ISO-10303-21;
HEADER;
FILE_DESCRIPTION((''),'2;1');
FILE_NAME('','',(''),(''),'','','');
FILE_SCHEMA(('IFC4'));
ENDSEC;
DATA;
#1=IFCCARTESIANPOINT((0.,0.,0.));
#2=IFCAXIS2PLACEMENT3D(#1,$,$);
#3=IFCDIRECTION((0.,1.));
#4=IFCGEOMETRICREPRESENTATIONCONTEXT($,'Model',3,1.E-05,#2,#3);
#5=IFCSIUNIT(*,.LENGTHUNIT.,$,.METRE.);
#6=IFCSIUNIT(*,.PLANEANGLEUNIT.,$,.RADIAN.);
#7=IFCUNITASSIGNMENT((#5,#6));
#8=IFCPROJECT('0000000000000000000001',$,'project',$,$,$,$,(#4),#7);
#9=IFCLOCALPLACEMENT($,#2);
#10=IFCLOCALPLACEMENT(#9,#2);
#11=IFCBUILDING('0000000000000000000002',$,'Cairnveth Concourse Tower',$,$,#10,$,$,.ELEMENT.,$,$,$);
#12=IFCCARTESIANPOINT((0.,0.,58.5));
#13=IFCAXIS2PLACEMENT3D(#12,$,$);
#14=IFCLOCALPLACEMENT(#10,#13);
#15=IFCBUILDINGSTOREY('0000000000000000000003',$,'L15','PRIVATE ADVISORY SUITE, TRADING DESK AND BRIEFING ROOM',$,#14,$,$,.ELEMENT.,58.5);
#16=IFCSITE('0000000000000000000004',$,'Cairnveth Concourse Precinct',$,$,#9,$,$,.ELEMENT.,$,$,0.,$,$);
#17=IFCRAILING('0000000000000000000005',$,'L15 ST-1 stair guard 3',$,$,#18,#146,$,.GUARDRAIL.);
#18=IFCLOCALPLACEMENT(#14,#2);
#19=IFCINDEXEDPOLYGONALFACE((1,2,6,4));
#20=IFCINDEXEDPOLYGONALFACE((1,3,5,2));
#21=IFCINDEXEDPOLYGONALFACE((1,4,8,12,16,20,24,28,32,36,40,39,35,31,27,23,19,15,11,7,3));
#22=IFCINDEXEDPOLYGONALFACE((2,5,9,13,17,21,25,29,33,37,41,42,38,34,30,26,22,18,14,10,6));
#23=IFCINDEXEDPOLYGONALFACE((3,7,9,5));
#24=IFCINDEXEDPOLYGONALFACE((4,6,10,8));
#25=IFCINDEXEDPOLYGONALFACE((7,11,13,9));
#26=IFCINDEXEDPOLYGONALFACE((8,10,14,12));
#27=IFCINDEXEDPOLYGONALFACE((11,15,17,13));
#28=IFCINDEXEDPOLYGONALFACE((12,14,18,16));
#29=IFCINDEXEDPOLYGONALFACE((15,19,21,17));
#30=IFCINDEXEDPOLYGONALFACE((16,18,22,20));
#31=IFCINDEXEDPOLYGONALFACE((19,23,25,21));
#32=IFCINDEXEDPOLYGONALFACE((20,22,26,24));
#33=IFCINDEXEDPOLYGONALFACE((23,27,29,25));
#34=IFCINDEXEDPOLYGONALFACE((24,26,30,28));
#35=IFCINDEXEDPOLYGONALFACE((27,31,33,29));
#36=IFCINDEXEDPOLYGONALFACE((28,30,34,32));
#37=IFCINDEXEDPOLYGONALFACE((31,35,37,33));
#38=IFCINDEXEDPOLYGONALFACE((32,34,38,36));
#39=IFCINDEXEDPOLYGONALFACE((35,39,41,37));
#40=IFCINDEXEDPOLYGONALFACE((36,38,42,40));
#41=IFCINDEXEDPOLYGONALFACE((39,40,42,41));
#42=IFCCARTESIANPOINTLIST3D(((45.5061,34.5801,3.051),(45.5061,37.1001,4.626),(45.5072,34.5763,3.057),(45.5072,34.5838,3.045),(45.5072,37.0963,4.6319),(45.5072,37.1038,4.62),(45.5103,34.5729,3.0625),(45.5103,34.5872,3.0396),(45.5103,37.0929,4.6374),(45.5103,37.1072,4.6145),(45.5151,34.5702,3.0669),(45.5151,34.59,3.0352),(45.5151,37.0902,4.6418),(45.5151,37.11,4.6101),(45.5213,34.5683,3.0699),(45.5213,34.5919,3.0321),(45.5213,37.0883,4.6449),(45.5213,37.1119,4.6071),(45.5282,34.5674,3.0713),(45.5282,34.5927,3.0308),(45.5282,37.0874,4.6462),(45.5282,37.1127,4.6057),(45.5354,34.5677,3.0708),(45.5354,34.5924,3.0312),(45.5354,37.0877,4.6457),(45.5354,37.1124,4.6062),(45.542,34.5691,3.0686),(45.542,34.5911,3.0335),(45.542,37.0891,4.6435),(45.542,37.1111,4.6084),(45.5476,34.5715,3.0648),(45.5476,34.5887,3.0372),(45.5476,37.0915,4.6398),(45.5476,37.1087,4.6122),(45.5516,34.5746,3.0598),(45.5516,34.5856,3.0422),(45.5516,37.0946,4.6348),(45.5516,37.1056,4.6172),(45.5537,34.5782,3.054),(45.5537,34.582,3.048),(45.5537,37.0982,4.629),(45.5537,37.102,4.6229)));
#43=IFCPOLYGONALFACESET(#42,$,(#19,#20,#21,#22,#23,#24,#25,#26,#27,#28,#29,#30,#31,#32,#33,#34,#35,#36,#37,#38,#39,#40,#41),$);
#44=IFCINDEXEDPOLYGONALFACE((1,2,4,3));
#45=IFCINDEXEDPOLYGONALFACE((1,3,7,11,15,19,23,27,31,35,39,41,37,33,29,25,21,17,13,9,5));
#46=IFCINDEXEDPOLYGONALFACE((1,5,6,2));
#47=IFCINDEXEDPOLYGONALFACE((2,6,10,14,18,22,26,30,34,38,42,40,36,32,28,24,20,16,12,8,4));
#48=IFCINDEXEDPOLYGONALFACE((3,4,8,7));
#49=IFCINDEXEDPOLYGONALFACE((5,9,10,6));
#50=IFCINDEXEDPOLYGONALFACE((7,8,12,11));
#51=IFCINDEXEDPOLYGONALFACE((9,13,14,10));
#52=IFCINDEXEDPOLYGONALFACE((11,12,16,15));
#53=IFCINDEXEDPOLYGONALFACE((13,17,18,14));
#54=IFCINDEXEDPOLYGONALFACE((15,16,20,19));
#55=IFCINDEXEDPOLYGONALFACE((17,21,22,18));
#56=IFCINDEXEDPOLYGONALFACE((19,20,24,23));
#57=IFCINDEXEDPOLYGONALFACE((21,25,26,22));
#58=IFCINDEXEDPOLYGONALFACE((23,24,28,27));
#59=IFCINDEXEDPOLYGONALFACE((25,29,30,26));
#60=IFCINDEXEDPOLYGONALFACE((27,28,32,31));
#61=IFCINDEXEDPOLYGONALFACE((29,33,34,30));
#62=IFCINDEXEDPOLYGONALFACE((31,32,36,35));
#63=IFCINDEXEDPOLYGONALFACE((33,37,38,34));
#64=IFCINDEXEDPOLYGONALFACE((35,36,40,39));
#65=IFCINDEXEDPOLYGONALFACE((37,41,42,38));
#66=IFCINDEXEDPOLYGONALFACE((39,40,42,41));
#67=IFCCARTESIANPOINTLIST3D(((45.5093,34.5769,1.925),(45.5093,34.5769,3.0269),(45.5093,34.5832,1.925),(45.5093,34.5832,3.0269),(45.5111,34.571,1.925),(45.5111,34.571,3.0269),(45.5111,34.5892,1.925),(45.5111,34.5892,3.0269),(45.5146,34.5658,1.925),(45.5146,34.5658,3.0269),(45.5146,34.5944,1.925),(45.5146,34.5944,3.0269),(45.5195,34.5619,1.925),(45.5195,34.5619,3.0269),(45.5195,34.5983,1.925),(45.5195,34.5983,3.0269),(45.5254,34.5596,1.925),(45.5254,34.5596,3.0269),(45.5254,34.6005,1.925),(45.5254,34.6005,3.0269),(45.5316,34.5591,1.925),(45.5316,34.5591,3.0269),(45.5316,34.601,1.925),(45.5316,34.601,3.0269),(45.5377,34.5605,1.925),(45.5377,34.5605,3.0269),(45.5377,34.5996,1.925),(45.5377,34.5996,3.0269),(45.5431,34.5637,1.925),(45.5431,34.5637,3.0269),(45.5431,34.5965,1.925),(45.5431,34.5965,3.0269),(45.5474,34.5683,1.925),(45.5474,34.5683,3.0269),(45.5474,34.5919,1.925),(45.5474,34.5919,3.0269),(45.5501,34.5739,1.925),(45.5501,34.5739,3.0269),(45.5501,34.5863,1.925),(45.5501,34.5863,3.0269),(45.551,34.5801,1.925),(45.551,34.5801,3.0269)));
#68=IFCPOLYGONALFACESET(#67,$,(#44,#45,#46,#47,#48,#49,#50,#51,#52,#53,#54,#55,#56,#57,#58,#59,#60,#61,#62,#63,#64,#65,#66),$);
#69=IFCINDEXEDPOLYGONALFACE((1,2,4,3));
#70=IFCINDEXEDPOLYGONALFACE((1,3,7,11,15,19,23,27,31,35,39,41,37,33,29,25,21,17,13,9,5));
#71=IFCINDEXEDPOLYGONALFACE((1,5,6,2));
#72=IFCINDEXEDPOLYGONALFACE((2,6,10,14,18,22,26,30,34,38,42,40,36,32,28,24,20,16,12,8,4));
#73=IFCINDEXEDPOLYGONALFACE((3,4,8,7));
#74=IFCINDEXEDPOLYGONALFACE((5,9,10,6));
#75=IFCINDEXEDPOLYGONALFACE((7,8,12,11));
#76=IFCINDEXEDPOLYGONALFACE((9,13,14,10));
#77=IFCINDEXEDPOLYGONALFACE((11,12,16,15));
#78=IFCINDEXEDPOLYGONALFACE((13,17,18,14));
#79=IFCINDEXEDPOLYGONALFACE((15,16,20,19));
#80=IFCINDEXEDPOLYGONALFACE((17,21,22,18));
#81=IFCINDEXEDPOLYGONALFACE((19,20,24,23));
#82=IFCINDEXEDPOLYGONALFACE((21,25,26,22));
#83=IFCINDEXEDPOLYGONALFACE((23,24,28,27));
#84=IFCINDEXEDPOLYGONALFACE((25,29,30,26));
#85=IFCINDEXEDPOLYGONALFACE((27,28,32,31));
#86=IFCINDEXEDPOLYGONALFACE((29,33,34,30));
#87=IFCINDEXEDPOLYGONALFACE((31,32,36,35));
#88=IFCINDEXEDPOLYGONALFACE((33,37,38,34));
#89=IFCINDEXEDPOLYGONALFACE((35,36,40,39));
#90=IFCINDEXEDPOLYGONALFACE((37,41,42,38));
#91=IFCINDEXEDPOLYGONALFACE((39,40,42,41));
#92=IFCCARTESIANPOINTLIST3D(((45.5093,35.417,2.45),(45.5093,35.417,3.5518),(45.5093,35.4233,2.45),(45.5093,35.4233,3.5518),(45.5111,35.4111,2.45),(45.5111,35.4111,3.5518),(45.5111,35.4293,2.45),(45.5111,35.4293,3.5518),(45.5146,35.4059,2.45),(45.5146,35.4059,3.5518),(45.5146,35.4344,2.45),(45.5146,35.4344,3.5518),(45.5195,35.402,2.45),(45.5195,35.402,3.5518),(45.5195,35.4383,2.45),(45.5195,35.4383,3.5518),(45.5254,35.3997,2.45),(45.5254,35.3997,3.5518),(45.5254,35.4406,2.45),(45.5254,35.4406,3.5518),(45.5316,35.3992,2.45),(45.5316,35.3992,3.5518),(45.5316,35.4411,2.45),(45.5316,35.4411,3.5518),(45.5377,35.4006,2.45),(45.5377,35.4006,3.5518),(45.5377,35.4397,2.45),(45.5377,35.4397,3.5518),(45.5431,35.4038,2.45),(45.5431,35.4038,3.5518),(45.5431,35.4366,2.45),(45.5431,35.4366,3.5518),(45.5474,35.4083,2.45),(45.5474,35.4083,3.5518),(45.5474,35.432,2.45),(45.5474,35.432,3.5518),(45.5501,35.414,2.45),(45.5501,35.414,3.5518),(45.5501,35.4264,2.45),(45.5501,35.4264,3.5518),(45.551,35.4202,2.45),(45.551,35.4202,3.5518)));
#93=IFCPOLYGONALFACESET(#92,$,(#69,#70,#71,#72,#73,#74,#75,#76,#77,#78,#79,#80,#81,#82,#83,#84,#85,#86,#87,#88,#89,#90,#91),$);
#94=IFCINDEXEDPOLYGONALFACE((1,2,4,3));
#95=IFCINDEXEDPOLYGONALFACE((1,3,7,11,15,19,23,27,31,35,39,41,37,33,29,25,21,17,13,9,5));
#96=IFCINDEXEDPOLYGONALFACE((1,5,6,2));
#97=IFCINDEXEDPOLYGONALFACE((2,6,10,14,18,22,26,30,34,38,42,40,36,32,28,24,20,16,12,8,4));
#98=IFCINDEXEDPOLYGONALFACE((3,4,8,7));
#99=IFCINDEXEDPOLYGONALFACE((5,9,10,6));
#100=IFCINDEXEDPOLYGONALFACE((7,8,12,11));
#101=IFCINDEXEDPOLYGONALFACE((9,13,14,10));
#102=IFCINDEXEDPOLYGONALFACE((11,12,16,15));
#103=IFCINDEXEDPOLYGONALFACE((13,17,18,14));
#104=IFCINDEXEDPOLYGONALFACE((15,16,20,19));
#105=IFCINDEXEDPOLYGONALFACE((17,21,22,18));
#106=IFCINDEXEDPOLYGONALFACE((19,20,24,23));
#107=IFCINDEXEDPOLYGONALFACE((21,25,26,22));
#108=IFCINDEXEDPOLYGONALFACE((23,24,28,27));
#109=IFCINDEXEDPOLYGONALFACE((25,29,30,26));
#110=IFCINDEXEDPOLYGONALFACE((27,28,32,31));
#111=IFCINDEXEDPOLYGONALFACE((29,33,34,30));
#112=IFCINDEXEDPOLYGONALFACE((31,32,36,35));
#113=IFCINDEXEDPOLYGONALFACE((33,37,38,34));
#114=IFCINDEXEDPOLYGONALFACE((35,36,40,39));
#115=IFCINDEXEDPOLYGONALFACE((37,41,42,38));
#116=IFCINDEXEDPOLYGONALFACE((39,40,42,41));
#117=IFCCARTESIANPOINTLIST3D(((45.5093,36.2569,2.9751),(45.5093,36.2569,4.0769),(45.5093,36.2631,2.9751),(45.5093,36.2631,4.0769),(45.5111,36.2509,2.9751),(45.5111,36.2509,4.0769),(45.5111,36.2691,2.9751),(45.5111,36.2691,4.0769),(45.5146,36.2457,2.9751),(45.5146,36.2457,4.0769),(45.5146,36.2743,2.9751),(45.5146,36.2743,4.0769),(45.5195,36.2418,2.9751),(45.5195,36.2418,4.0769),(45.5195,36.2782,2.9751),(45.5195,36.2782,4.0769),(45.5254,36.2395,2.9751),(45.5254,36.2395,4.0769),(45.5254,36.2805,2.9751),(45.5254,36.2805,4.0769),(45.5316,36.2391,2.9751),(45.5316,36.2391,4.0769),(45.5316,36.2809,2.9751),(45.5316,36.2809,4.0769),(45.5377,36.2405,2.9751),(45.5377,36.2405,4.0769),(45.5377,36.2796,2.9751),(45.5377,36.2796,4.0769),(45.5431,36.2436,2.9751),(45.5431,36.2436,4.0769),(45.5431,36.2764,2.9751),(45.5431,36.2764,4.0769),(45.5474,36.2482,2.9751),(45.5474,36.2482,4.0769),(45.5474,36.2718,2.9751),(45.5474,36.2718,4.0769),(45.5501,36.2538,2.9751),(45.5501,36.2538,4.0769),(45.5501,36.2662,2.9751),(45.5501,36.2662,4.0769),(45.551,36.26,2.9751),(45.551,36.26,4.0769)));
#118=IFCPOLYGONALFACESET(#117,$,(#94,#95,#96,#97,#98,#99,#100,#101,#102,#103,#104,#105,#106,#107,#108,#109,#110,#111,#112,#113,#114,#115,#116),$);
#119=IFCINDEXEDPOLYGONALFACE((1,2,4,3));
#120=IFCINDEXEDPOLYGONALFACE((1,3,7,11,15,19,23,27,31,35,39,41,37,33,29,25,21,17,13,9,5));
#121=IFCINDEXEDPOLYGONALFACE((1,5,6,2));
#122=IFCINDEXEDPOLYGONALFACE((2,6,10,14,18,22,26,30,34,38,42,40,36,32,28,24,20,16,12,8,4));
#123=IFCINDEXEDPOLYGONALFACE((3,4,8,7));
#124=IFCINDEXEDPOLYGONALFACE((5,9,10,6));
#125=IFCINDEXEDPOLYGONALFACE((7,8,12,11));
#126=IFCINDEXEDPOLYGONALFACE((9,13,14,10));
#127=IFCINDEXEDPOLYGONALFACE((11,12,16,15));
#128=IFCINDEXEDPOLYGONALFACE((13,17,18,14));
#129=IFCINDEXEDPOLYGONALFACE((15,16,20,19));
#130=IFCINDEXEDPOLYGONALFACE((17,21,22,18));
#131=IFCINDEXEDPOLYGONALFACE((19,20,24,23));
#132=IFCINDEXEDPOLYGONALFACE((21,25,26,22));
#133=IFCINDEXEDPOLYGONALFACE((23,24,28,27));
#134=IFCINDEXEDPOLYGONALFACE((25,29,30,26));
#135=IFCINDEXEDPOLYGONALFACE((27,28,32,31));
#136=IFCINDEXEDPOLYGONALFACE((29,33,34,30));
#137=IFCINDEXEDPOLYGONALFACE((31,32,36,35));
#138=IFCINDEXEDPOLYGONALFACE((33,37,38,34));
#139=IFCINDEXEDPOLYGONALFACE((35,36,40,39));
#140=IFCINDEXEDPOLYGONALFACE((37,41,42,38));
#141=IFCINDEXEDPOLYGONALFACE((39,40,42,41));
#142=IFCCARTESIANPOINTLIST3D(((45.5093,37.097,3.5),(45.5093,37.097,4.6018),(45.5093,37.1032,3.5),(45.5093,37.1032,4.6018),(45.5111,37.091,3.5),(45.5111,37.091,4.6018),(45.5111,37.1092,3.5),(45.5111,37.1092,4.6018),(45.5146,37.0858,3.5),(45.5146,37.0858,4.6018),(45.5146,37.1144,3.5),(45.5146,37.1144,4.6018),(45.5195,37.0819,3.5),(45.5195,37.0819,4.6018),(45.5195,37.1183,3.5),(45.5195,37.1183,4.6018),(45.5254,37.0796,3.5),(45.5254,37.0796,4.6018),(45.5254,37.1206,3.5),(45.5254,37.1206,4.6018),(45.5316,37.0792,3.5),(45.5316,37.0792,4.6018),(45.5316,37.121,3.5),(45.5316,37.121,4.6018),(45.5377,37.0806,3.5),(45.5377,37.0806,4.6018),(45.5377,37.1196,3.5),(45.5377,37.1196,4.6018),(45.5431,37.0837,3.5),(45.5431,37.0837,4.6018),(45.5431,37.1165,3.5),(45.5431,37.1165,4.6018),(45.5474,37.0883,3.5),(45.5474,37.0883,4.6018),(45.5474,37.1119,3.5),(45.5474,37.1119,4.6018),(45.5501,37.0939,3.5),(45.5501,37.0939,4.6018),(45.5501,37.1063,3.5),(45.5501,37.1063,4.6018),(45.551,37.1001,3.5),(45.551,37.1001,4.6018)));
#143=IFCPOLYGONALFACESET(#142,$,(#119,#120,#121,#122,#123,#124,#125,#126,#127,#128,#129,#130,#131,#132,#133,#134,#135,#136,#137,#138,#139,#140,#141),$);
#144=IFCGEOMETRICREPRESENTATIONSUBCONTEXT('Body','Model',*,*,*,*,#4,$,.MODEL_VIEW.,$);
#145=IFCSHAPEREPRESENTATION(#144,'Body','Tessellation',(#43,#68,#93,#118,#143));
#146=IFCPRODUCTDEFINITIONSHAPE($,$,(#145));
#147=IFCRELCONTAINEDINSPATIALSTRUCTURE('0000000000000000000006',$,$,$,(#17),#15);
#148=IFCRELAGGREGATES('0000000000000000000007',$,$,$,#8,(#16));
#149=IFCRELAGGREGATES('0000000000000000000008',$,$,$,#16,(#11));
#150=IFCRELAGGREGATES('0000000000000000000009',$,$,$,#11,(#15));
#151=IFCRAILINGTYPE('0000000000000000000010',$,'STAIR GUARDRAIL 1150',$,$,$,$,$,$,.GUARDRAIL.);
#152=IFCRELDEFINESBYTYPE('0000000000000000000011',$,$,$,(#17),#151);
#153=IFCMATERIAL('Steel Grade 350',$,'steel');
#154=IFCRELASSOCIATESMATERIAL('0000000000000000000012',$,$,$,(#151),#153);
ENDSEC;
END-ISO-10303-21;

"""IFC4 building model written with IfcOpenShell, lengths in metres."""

from ifc_helpers import new_model, si_unit, direction, frame, origin, origin_2d, place, context, subcontext, project, spatial, circle, extrude, material, type_object, element, save


model = new_model("IFC4")

# Units and contexts
model_context = context("Model", 3, precision=1e-05, world=origin(), true_north=direction((0.0, 1.0)))
body_context = subcontext(model_context, "Body", "Model", "MODEL_VIEW")
ifc_project = project(units=[si_unit("LENGTHUNIT", "METRE"), si_unit("PLANEANGLEUNIT", "RADIAN")], contexts=[model_context])

# Site, building, storey
site_placement = place(None, origin())
site = spatial("IfcSite", under=ifc_project, at=site_placement, Name="Cairnveth Concourse Precinct", CompositionType="ELEMENT", RefElevation=0.0)
building_placement = place(site_placement, origin())
building = spatial("IfcBuilding", under=site, at=building_placement, Name="Cairnveth Concourse Tower", CompositionType="ELEMENT")
storey_placement = place(building_placement, frame((0.0, 0.0, 58.5)))
storey = spatial("IfcBuildingStorey", under=building, at=storey_placement, Name="L15", Description="PRIVATE ADVISORY SUITE, TRADING DESK AND BRIEFING ROOM", CompositionType="ELEMENT", Elevation=58.5)

# Railing
ifc_material_1 = material(Name="Steel Grade 350", Category="steel")
railing_type_1 = type_object("IfcRailingType", Name="STAIR GUARDRAIL 1150", PredefinedType="GUARDRAIL", material=ifc_material_1)
railing_1_placement = place(storey_placement, frame((45.53, 34.5801, 1.925)))
element("IfcRailing", 1, at=railing_1_placement, inside=storey, type_object=railing_type_1, Name="L15 ST-1 stair guard 3", PredefinedType="GUARDRAIL", context=body_context, shape_type="SweptSolid", body=[
    extrude(circle(Radius=0.0239, at=origin_2d()), frame((0.0, 0.0, 1.126), z_axis=(0.0, 0.848008, 0.529984), x_axis=(-1.0, 0.0, 0.0)), (0.0, 0.0, 1.0), 2.9717),
    extrude(circle(Radius=0.021, at=origin_2d()), origin(), (0.0, 0.0, 1.0), 1.1018),
    extrude(circle(Radius=0.021, at=origin_2d()), frame((0.0, 0.8401, 0.5249)), (0.0, 0.0, 1.0), 1.1018),
    extrude(circle(Radius=0.021, at=origin_2d()), frame((0.0, 1.6799, 1.05)), (0.0, 0.0, 1.0), 1.1018),
    extrude(circle(Radius=0.021, at=origin_2d()), frame((0.0, 2.52, 1.575)), (0.0, 0.0, 1.0), 1.1018),
])

save(model, "model.ifc")
